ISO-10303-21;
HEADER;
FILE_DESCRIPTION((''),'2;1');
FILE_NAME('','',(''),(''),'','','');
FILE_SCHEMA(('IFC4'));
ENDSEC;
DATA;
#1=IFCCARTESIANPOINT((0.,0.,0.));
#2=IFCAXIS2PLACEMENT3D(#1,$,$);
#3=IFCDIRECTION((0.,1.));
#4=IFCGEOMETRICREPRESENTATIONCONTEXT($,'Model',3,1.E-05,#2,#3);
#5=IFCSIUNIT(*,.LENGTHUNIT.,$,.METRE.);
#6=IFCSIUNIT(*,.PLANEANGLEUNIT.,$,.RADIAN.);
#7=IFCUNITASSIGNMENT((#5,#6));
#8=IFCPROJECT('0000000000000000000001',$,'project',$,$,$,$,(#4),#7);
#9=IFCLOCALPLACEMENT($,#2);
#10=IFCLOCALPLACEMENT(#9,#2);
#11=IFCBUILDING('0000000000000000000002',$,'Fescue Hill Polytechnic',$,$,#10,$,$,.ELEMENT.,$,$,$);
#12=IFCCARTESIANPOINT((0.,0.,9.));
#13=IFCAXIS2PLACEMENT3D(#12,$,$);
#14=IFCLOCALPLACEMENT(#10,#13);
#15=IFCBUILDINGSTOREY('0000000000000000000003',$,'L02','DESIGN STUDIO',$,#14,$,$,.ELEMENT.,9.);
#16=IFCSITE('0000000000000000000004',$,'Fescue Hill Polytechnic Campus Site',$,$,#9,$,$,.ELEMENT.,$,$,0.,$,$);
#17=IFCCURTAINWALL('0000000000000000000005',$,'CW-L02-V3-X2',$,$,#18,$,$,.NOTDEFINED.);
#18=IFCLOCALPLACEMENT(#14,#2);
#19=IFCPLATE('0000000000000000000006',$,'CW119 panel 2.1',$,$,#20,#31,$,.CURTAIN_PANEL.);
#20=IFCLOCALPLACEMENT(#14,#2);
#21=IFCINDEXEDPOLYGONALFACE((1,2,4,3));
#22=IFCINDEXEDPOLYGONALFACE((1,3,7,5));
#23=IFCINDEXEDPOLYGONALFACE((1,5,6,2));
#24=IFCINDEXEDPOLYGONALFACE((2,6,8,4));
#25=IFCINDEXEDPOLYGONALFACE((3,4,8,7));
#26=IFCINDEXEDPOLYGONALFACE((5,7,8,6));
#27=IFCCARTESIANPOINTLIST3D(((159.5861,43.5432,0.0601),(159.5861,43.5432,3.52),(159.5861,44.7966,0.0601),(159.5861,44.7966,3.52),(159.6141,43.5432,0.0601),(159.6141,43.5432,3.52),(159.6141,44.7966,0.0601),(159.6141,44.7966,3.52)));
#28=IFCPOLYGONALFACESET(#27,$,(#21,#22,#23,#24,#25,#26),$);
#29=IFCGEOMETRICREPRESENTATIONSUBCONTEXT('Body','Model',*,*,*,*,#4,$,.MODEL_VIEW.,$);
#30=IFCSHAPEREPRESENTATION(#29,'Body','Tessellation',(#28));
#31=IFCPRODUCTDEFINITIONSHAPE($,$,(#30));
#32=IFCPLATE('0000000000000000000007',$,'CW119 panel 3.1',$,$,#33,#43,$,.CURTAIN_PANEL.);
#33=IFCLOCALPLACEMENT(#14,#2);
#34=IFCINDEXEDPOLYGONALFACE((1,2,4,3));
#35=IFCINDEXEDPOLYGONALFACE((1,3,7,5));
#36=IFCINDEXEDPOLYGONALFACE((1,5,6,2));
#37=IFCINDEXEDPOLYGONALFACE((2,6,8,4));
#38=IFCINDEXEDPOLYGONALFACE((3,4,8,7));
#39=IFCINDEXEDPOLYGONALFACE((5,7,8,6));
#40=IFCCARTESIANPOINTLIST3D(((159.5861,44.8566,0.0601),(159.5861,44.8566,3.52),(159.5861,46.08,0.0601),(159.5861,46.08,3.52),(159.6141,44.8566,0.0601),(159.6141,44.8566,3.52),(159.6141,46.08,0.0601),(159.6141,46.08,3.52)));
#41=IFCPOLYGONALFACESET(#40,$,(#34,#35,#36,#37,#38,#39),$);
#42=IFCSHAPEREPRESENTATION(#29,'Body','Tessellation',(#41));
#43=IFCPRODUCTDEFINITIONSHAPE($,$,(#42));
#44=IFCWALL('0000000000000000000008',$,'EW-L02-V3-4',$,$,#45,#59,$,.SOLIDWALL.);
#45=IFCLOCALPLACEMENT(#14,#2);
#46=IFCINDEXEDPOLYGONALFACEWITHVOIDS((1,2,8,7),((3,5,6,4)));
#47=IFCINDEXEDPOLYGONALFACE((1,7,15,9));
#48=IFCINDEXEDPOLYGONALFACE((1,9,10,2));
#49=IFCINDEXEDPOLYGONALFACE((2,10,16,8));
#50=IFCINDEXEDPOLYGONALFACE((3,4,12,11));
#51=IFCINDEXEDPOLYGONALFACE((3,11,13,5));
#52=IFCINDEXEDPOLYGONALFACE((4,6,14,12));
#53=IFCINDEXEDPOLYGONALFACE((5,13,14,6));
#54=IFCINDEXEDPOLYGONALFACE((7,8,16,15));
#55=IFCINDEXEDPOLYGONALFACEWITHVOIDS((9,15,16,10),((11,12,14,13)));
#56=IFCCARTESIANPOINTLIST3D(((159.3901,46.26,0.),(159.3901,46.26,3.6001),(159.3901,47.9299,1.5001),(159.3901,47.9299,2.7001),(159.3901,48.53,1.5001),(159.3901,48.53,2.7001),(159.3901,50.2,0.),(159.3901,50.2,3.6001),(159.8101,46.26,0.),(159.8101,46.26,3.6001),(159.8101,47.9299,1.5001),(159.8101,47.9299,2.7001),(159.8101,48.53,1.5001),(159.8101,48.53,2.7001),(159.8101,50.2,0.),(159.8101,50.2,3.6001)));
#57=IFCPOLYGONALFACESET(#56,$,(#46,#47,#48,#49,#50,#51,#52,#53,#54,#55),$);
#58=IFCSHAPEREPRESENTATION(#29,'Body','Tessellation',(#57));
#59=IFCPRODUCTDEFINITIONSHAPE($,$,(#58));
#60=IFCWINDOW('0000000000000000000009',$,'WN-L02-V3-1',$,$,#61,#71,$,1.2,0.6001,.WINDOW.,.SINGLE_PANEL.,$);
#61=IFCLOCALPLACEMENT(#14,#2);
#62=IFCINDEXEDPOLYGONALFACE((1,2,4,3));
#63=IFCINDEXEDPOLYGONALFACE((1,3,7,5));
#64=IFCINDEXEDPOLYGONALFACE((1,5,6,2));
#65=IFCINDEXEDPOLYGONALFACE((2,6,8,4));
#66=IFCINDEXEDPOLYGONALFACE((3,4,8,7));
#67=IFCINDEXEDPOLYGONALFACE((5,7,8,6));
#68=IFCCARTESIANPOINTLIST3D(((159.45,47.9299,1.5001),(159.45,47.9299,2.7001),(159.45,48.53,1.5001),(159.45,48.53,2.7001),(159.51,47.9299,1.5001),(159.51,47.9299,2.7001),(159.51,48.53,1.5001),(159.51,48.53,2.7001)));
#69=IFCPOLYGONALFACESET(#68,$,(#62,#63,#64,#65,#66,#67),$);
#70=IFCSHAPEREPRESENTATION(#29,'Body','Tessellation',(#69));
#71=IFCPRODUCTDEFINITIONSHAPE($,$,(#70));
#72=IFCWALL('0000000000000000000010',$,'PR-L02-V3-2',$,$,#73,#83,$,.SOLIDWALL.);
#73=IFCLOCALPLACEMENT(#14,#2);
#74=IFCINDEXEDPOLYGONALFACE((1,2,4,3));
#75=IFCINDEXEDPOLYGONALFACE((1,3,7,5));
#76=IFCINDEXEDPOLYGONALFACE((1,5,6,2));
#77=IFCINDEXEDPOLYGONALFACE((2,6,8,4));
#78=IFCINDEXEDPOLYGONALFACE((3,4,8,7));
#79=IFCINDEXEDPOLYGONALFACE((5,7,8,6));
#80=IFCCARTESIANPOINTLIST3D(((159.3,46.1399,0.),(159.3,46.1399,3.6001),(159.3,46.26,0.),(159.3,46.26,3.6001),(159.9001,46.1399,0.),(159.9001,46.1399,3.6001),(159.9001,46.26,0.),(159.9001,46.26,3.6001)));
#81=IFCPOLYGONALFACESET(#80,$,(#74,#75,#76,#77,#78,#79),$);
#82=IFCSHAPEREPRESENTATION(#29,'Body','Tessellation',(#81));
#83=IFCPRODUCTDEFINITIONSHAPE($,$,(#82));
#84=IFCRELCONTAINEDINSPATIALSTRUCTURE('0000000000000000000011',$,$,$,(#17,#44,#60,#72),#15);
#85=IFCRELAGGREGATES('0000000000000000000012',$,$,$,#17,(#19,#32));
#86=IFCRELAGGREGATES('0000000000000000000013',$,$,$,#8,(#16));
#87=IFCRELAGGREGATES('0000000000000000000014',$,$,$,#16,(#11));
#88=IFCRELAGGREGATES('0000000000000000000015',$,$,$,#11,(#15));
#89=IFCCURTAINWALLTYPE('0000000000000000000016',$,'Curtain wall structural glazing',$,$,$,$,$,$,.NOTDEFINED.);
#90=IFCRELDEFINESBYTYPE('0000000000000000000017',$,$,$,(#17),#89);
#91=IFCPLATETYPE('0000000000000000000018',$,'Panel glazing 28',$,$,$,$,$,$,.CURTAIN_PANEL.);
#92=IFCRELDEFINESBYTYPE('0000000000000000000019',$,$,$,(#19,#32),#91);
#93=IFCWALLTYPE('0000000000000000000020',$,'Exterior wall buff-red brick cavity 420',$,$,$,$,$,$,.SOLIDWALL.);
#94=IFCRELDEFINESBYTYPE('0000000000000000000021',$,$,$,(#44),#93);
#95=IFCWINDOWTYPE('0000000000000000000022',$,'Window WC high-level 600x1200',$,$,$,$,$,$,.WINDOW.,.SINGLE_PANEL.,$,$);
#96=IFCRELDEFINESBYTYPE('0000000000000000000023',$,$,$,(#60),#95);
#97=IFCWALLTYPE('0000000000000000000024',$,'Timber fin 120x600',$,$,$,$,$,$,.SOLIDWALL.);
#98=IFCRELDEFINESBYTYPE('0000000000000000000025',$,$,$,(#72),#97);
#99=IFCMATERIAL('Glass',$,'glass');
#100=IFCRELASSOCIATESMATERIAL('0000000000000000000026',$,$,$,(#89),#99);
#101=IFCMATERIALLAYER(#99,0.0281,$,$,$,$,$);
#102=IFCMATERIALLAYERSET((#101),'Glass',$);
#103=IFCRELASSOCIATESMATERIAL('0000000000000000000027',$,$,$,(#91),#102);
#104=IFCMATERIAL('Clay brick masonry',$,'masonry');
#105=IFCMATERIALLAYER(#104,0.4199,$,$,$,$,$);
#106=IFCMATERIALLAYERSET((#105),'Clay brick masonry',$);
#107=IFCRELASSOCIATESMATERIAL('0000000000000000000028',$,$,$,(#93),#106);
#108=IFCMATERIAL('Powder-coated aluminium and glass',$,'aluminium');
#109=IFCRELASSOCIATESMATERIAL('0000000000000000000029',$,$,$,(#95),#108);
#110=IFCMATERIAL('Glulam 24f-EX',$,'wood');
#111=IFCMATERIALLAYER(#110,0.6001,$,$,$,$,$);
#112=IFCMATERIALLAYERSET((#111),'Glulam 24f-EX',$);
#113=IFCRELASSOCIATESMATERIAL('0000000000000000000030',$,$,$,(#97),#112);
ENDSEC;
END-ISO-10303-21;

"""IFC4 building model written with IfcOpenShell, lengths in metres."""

from ifc_helpers import new_model, si_unit, direction, frame, frame_2d, origin, origin_2d, place, context, subcontext, project, spatial, rectangle, extrude, material, layer, layer_set, type_object, element, fill, aggregate, save


model = new_model("IFC4")

# Units and contexts
model_context = context("Model", 3, precision=1e-05, world=origin(), true_north=direction((0.0, 1.0)))
body_context = subcontext(model_context, "Body", "Model", "MODEL_VIEW")
ifc_project = project(units=[si_unit("LENGTHUNIT", "METRE"), si_unit("PLANEANGLEUNIT", "RADIAN")], contexts=[model_context])

# Site, building, storey
site_placement = place(None, origin())
site = spatial("IfcSite", under=ifc_project, at=site_placement, Name="Fescue Hill Polytechnic Campus Site", CompositionType="ELEMENT", RefElevation=0.0)
building_placement = place(site_placement, origin())
building = spatial("IfcBuilding", under=site, at=building_placement, Name="Fescue Hill Polytechnic", CompositionType="ELEMENT")
storey_placement = place(building_placement, frame((0.0, 0.0, 9.0)))
storey = spatial("IfcBuildingStorey", under=building, at=storey_placement, Name="L02", Description="DESIGN STUDIO", CompositionType="ELEMENT", Elevation=9.0)

# Curtain wall, plates
ifc_material_1 = material(Name="Glass", Category="glass")
curtain_wall_type = type_object("IfcCurtainWallType", Name="Curtain wall structural glazing", PredefinedType="NOTDEFINED", material=ifc_material_1)
curtain_wall_placement = place(storey_placement, origin())
curtain_wall = element("IfcCurtainWall", 1, at=curtain_wall_placement, inside=storey, type_object=curtain_wall_type, Name="CW-L02-V3-X2", PredefinedType="NOTDEFINED")
ifc_layer_1 = layer(ifc_material_1, 0.0281)
ifc_layer_set_1 = layer_set([ifc_layer_1], Name="Glass")
plate_type = type_object("IfcPlateType", Name="Panel glazing 28", PredefinedType="CURTAIN_PANEL", material=ifc_layer_set_1)
plate_1_placement = place(storey_placement, frame((159.6001, 44.1699, 0.0601), z_axis=(0.0, 0.0, 1.0), x_axis=(0.0, 1.0, 0.0)))
plate_1 = element("IfcPlate", 2, at=plate_1_placement, type_object=plate_type, Name="CW119 panel 2.1", PredefinedType="CURTAIN_PANEL", context=body_context, shape_type="SweptSolid", body=[
    extrude(rectangle(XDim=1.2534, YDim=0.0281, at=origin_2d()), origin(), (0.0, 0.0, 1.0), 3.46),
])
plate_2_placement = place(storey_placement, frame((159.6001, 45.4683, 0.0601), z_axis=(0.0, 0.0, 1.0), x_axis=(0.0, 1.0, 0.0)))
plate_2 = element("IfcPlate", 3, at=plate_2_placement, type_object=plate_type, Name="CW119 panel 3.1", PredefinedType="CURTAIN_PANEL", context=body_context, shape_type="SweptSolid", body=[
    extrude(rectangle(XDim=1.2234, YDim=0.0281, at=origin_2d()), origin(), (0.0, 0.0, 1.0), 3.46),
])
aggregate(curtain_wall, [plate_1, plate_2])

# Wall, opening, window
ifc_material_2 = material(Name="Clay brick masonry", Category="masonry")
ifc_layer_2 = layer(ifc_material_2, 0.4199)
ifc_layer_set_2 = layer_set([ifc_layer_2], Name="Clay brick masonry")
wall_type_1 = type_object("IfcWallType", Name="Exterior wall buff-red brick cavity 420", PredefinedType="SOLIDWALL", material=ifc_layer_set_2)
wall_1_placement = place(storey_placement, frame((159.6001, 46.26, 0.0), z_axis=(0.0, 0.0, 1.0), x_axis=(0.0, 1.0, 0.0)))
wall_1 = element("IfcWall", 4, at=wall_1_placement, inside=storey, type_object=wall_type_1, Name="EW-L02-V3-4", PredefinedType="SOLIDWALL", context=body_context, shape_type="SweptSolid", body=[
    extrude(rectangle(XDim=3.9399, YDim=0.4199, at=frame_2d((1.97, 0.0))), origin(), (0.0, 0.0, 1.0), 3.6001),
])
opening_placement = place(wall_1_placement, frame((1.6699, 0.0, 1.5)))
opening = element("IfcOpeningElement", 5, at=opening_placement, cuts=wall_1, PredefinedType="OPENING", context=body_context, shape_type="SweptSolid", body=[
    extrude(rectangle(XDim=0.6001, YDim=1.2, at=frame_2d((0.3, 0.6001))), frame((0.0, 0.22, 0.0), z_axis=(0.0, -1.0, 0.0), x_axis=(1.0, 0.0, 0.0)), (0.0, 0.0, 1.0), 0.4399),
])
ifc_material_3 = material(Name="Powder-coated aluminium and glass", Category="aluminium")
window_type = type_object("IfcWindowType", Name="Window WC high-level 600x1200", PartitioningType="SINGLE_PANEL", PredefinedType="WINDOW", material=ifc_material_3)
window_placement = place(opening_placement, origin())
window = element("IfcWindow", 6, at=window_placement, inside=storey, type_object=window_type, Name="WN-L02-V3-1", OverallHeight=1.2, OverallWidth=0.6001, PartitioningType="SINGLE_PANEL", PredefinedType="WINDOW", context=body_context, shape_type="SweptSolid", body=[
    extrude(rectangle(XDim=0.6001, YDim=1.2, at=frame_2d((0.3, 0.6001))), frame((0.0, 0.1501, 0.0), z_axis=(0.0, -1.0, 0.0), x_axis=(1.0, 0.0, 0.0)), (0.0, 0.0, 1.0), 0.0601),
])
fill(opening, window)

# Wall
ifc_material_4 = material(Name="Glulam 24f-EX", Category="wood")
ifc_layer_3 = layer(ifc_material_4, 0.6001)
ifc_layer_set_3 = layer_set([ifc_layer_3], Name="Glulam 24f-EX")
wall_type_2 = type_object("IfcWallType", Name="Timber fin 120x600", PredefinedType="SOLIDWALL", material=ifc_layer_set_3)
wall_2_placement = place(storey_placement, frame((159.6001, 46.1399, 0.0), z_axis=(0.0, 0.0, 1.0), x_axis=(0.0, 1.0, 0.0)))
element("IfcWall", 7, at=wall_2_placement, inside=storey, type_object=wall_type_2, Name="PR-L02-V3-2", PredefinedType="SOLIDWALL", context=body_context, shape_type="SweptSolid", body=[
    extrude(rectangle(XDim=0.1201, YDim=0.6001, at=frame_2d((0.0601, 0.0))), origin(), (0.0, 0.0, 1.0), 3.6001),
])

save(model, "model.ifc")
